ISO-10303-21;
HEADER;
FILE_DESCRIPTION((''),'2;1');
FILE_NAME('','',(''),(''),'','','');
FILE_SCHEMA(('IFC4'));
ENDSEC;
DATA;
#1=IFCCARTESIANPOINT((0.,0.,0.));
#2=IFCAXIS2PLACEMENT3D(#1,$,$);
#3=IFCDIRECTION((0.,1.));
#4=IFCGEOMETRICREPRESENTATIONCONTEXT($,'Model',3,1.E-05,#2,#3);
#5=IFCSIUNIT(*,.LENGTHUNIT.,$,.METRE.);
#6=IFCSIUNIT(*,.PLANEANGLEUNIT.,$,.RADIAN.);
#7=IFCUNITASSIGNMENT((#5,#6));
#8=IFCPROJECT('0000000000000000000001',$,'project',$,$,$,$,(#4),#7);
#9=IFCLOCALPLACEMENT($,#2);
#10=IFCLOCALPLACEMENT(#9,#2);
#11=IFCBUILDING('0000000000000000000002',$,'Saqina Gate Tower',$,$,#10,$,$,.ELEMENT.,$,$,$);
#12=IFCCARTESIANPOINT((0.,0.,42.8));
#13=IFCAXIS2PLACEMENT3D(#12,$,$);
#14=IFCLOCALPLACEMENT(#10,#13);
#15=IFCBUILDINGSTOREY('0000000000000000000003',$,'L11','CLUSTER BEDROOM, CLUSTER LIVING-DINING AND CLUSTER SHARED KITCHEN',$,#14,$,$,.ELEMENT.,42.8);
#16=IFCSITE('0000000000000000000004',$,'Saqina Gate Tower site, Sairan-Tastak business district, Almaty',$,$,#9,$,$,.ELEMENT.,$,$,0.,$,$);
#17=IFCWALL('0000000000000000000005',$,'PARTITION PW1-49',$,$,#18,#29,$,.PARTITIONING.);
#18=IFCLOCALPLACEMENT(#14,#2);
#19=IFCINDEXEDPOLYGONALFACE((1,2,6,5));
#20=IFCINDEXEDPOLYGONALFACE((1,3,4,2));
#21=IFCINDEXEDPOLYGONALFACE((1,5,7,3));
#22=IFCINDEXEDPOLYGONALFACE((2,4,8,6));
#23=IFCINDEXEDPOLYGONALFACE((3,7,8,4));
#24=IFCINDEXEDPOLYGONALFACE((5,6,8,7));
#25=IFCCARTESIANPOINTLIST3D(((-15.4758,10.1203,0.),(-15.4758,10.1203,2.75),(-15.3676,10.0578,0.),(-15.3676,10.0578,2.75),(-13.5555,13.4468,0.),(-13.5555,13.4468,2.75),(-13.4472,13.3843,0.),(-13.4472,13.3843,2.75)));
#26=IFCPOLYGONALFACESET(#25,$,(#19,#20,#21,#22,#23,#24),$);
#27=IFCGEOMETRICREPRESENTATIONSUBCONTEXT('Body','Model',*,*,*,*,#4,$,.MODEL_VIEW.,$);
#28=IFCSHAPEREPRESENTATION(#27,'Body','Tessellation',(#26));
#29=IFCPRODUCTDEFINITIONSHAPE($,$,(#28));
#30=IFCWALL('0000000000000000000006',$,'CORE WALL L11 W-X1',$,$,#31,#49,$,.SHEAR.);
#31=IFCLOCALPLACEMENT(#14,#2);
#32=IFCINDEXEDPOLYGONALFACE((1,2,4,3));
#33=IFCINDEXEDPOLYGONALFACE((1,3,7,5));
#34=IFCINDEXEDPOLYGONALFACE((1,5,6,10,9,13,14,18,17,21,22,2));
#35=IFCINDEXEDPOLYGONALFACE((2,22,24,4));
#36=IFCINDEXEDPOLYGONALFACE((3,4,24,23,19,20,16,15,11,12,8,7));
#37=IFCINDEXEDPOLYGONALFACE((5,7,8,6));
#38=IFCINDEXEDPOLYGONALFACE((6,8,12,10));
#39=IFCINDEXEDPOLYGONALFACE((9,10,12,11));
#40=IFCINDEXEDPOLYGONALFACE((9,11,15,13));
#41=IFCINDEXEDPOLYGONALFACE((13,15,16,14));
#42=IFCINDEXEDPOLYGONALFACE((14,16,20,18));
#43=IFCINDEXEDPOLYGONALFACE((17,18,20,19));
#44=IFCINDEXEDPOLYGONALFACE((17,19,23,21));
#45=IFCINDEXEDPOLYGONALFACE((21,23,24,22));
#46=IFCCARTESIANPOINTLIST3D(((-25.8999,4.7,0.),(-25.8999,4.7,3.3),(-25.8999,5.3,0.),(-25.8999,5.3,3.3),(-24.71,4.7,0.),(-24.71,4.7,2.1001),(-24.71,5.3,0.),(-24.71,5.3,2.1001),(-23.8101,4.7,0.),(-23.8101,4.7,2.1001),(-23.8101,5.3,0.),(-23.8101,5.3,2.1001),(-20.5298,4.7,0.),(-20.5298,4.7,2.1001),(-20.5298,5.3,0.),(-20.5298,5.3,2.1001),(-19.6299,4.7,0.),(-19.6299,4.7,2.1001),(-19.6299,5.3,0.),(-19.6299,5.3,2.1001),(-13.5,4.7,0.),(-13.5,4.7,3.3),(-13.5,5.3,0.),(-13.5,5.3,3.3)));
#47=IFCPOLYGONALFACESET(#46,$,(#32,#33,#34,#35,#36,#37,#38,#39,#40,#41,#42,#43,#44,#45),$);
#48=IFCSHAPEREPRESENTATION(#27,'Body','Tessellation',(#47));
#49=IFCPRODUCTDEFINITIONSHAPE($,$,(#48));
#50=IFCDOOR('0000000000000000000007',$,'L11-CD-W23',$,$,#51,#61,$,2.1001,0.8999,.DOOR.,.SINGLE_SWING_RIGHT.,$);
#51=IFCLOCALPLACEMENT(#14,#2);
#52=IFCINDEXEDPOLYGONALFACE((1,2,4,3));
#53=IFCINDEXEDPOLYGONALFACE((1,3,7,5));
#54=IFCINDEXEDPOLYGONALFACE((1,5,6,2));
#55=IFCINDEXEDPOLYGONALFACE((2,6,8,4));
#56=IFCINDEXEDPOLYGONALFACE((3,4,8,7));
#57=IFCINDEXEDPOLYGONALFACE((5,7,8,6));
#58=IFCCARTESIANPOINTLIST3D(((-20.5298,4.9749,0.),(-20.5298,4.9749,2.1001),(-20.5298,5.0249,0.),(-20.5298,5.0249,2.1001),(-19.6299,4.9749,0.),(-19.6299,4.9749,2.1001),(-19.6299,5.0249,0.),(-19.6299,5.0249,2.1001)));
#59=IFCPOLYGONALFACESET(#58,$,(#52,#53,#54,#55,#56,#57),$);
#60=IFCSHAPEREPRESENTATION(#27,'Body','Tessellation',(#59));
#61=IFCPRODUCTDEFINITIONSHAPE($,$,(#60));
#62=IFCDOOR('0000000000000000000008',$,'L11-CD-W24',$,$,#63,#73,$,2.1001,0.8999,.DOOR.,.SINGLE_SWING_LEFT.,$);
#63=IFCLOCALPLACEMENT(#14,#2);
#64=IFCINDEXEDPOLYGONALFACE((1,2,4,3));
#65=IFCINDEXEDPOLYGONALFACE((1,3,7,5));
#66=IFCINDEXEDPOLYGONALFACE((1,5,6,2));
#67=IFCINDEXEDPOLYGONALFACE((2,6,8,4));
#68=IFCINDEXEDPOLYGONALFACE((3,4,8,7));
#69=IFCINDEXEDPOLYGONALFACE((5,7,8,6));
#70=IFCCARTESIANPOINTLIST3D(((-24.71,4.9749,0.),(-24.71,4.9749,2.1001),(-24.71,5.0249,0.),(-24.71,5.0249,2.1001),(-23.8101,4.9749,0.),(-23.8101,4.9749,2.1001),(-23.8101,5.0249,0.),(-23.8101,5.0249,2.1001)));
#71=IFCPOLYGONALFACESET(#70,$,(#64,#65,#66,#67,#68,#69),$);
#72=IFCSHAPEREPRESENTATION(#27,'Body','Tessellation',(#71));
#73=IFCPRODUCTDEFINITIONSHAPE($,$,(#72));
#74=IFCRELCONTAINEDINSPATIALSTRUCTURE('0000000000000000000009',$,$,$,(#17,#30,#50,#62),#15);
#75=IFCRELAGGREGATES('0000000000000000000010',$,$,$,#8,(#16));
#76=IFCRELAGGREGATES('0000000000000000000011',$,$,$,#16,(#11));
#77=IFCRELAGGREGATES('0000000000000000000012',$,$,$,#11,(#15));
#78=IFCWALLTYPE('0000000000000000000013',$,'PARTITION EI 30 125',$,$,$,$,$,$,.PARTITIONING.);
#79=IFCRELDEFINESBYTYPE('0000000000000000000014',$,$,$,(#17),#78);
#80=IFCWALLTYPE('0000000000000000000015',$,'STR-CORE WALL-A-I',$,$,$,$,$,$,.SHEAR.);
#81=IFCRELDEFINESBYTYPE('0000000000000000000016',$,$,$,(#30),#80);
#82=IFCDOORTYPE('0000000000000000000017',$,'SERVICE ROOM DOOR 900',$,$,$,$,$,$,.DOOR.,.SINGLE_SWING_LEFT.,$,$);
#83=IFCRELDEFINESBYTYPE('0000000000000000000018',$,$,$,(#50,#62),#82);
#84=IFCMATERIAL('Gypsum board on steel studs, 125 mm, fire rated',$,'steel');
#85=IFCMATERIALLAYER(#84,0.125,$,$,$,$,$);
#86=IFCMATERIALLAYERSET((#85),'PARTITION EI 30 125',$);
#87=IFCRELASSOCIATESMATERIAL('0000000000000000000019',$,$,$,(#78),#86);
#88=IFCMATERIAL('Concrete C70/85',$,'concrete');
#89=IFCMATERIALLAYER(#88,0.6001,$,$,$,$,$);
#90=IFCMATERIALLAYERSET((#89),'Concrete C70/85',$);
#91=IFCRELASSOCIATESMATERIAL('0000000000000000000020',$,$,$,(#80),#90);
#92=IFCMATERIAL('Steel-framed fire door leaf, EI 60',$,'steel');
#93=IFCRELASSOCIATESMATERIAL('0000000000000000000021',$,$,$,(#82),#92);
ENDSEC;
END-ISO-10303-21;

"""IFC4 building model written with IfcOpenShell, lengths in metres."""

from ifc_helpers import new_model, si_unit, direction, frame, frame_2d, origin, place, context, subcontext, project, spatial, rectangle, extrude, material, layer, layer_set, type_object, element, fill, save


model = new_model("IFC4")

# Units and contexts
model_context = context("Model", 3, precision=1e-05, world=origin(), true_north=direction((0.0, 1.0)))
body_context = subcontext(model_context, "Body", "Model", "MODEL_VIEW")
ifc_project = project(units=[si_unit("LENGTHUNIT", "METRE"), si_unit("PLANEANGLEUNIT", "RADIAN")], contexts=[model_context])

# Site, building, storey
site_placement = place(None, origin())
site = spatial("IfcSite", under=ifc_project, at=site_placement, Name="Saqina Gate Tower site, Sairan-Tastak business district, Almaty", CompositionType="ELEMENT", RefElevation=0.0)
building_placement = place(site_placement, origin())
building = spatial("IfcBuilding", under=site, at=building_placement, Name="Saqina Gate Tower", CompositionType="ELEMENT")
storey_placement = place(building_placement, frame((0.0, 0.0, 42.8)))
storey = spatial("IfcBuildingStorey", under=building, at=storey_placement, Name="L11", Description="CLUSTER BEDROOM, CLUSTER LIVING-DINING AND CLUSTER SHARED KITCHEN", CompositionType="ELEMENT", Elevation=42.8)

# Shared definitions
ifc_material_1 = material(Name="Gypsum board on steel studs, 125 mm, fire rated", Category="steel")
ifc_layer_1 = layer(ifc_material_1, 0.125)
ifc_layer_set_1 = layer_set([ifc_layer_1], Name="PARTITION EI 30 125")
wall_type_1 = type_object("IfcWallType", Name="PARTITION EI 30 125", PredefinedType="PARTITIONING", material=ifc_layer_set_1)

# Wall
wall_1_placement = place(storey_placement, frame((-15.4216, 10.0891, 0.0), z_axis=(0.0, 0.0, 1.0), x_axis=(0.499954, 0.866052, 0.0)))
element("IfcWall", 1, at=wall_1_placement, inside=storey, type_object=wall_type_1, Name="PARTITION PW1-49", PredefinedType="PARTITIONING", context=body_context, shape_type="SweptSolid", body=[
    extrude(rectangle(XDim=3.8411, YDim=0.125, at=frame_2d((1.9204, 0.0))), origin(), (0.0, 0.0, 1.0), 2.75),
])

# Wall, openings, doors
ifc_material_2 = material(Name="Concrete C70/85", Category="concrete")
ifc_layer_2 = layer(ifc_material_2, 0.6001)
ifc_layer_set_2 = layer_set([ifc_layer_2], Name="Concrete C70/85")
wall_type_2 = type_object("IfcWallType", Name="STR-CORE WALL-A-I", PredefinedType="SHEAR", material=ifc_layer_set_2)
wall_2_placement = place(storey_placement, frame((-13.5, 5.0, 0.0), z_axis=(0.0, 0.0, 1.0), x_axis=(-1.0, 0.0, 0.0)))
wall_2 = element("IfcWall", 2, at=wall_2_placement, inside=storey, type_object=wall_type_2, Name="CORE WALL L11 W-X1", PredefinedType="SHEAR", context=body_context, shape_type="SweptSolid", body=[
    extrude(rectangle(XDim=12.3999, YDim=0.6001, at=frame_2d((6.2, 0.0))), origin(), (0.0, 0.0, 1.0), 3.3),
])
opening_1_placement = place(wall_2_placement, frame((6.1299, 0.0, 0.0)))
opening_1 = element("IfcOpeningElement", 3, at=opening_1_placement, cuts=wall_2, PredefinedType="OPENING", context=body_context, shape_type="SweptSolid", body=[
    extrude(rectangle(XDim=0.8999, YDim=2.1001, at=frame_2d((0.45, 1.05))), frame((0.0, 0.312, 0.0), z_axis=(0.0, -1.0, 0.0), x_axis=(1.0, 0.0, 0.0)), (0.0, 0.0, 1.0), 0.624),
])
opening_2_placement = place(wall_2_placement, frame((10.3101, 0.0, 0.0)))
opening_2 = element("IfcOpeningElement", 4, at=opening_2_placement, cuts=wall_2, PredefinedType="OPENING", context=body_context, shape_type="SweptSolid", body=[
    extrude(rectangle(XDim=0.8999, YDim=2.1001, at=frame_2d((0.45, 1.05))), frame((0.0, 0.312, 0.0), z_axis=(0.0, -1.0, 0.0), x_axis=(1.0, 0.0, 0.0)), (0.0, 0.0, 1.0), 0.624),
])
ifc_material_3 = material(Name="Steel-framed fire door leaf, EI 60", Category="steel")
door_type_1 = type_object("IfcDoorType", Name="SERVICE ROOM DOOR 900", OperationType="SINGLE_SWING_LEFT", PredefinedType="DOOR", material=ifc_material_3)
door_1_placement = place(opening_1_placement, frame((0.8999, 0.0, 0.0), z_axis=(0.0, 0.0, 1.0), x_axis=(-1.0, 0.0, 0.0)))
door_1 = element("IfcDoor", 5, at=door_1_placement, inside=storey, type_object=door_type_1, Name="L11-CD-W23", OperationType="SINGLE_SWING_RIGHT", OverallHeight=2.1001, OverallWidth=0.8999, PredefinedType="DOOR", context=body_context, shape_type="SweptSolid", body=[
    extrude(rectangle(XDim=0.8999, YDim=2.1001, at=frame_2d((0.45, 1.05))), frame((0.0, 0.0249, 0.0), z_axis=(0.0, -1.0, 0.0), x_axis=(1.0, 0.0, 0.0)), (0.0, 0.0, 1.0), 0.05),
])
fill(opening_1, door_1)
door_2_placement = place(opening_2_placement, frame((0.8999, 0.0, 0.0), z_axis=(0.0, 0.0, 1.0), x_axis=(-1.0, 0.0, 0.0)))
door_2 = element("IfcDoor", 6, at=door_2_placement, inside=storey, type_object=door_type_1, Name="L11-CD-W24", OperationType="SINGLE_SWING_LEFT", OverallHeight=2.1001, OverallWidth=0.8999, PredefinedType="DOOR", context=body_context, shape_type="SweptSolid", body=[
    extrude(rectangle(XDim=0.8999, YDim=2.1001, at=frame_2d((0.45, 1.05))), frame((0.0, 0.0249, 0.0), z_axis=(0.0, -1.0, 0.0), x_axis=(1.0, 0.0, 0.0)), (0.0, 0.0, 1.0), 0.05),
])
fill(opening_2, door_2)

save(model, "model.ifc")
